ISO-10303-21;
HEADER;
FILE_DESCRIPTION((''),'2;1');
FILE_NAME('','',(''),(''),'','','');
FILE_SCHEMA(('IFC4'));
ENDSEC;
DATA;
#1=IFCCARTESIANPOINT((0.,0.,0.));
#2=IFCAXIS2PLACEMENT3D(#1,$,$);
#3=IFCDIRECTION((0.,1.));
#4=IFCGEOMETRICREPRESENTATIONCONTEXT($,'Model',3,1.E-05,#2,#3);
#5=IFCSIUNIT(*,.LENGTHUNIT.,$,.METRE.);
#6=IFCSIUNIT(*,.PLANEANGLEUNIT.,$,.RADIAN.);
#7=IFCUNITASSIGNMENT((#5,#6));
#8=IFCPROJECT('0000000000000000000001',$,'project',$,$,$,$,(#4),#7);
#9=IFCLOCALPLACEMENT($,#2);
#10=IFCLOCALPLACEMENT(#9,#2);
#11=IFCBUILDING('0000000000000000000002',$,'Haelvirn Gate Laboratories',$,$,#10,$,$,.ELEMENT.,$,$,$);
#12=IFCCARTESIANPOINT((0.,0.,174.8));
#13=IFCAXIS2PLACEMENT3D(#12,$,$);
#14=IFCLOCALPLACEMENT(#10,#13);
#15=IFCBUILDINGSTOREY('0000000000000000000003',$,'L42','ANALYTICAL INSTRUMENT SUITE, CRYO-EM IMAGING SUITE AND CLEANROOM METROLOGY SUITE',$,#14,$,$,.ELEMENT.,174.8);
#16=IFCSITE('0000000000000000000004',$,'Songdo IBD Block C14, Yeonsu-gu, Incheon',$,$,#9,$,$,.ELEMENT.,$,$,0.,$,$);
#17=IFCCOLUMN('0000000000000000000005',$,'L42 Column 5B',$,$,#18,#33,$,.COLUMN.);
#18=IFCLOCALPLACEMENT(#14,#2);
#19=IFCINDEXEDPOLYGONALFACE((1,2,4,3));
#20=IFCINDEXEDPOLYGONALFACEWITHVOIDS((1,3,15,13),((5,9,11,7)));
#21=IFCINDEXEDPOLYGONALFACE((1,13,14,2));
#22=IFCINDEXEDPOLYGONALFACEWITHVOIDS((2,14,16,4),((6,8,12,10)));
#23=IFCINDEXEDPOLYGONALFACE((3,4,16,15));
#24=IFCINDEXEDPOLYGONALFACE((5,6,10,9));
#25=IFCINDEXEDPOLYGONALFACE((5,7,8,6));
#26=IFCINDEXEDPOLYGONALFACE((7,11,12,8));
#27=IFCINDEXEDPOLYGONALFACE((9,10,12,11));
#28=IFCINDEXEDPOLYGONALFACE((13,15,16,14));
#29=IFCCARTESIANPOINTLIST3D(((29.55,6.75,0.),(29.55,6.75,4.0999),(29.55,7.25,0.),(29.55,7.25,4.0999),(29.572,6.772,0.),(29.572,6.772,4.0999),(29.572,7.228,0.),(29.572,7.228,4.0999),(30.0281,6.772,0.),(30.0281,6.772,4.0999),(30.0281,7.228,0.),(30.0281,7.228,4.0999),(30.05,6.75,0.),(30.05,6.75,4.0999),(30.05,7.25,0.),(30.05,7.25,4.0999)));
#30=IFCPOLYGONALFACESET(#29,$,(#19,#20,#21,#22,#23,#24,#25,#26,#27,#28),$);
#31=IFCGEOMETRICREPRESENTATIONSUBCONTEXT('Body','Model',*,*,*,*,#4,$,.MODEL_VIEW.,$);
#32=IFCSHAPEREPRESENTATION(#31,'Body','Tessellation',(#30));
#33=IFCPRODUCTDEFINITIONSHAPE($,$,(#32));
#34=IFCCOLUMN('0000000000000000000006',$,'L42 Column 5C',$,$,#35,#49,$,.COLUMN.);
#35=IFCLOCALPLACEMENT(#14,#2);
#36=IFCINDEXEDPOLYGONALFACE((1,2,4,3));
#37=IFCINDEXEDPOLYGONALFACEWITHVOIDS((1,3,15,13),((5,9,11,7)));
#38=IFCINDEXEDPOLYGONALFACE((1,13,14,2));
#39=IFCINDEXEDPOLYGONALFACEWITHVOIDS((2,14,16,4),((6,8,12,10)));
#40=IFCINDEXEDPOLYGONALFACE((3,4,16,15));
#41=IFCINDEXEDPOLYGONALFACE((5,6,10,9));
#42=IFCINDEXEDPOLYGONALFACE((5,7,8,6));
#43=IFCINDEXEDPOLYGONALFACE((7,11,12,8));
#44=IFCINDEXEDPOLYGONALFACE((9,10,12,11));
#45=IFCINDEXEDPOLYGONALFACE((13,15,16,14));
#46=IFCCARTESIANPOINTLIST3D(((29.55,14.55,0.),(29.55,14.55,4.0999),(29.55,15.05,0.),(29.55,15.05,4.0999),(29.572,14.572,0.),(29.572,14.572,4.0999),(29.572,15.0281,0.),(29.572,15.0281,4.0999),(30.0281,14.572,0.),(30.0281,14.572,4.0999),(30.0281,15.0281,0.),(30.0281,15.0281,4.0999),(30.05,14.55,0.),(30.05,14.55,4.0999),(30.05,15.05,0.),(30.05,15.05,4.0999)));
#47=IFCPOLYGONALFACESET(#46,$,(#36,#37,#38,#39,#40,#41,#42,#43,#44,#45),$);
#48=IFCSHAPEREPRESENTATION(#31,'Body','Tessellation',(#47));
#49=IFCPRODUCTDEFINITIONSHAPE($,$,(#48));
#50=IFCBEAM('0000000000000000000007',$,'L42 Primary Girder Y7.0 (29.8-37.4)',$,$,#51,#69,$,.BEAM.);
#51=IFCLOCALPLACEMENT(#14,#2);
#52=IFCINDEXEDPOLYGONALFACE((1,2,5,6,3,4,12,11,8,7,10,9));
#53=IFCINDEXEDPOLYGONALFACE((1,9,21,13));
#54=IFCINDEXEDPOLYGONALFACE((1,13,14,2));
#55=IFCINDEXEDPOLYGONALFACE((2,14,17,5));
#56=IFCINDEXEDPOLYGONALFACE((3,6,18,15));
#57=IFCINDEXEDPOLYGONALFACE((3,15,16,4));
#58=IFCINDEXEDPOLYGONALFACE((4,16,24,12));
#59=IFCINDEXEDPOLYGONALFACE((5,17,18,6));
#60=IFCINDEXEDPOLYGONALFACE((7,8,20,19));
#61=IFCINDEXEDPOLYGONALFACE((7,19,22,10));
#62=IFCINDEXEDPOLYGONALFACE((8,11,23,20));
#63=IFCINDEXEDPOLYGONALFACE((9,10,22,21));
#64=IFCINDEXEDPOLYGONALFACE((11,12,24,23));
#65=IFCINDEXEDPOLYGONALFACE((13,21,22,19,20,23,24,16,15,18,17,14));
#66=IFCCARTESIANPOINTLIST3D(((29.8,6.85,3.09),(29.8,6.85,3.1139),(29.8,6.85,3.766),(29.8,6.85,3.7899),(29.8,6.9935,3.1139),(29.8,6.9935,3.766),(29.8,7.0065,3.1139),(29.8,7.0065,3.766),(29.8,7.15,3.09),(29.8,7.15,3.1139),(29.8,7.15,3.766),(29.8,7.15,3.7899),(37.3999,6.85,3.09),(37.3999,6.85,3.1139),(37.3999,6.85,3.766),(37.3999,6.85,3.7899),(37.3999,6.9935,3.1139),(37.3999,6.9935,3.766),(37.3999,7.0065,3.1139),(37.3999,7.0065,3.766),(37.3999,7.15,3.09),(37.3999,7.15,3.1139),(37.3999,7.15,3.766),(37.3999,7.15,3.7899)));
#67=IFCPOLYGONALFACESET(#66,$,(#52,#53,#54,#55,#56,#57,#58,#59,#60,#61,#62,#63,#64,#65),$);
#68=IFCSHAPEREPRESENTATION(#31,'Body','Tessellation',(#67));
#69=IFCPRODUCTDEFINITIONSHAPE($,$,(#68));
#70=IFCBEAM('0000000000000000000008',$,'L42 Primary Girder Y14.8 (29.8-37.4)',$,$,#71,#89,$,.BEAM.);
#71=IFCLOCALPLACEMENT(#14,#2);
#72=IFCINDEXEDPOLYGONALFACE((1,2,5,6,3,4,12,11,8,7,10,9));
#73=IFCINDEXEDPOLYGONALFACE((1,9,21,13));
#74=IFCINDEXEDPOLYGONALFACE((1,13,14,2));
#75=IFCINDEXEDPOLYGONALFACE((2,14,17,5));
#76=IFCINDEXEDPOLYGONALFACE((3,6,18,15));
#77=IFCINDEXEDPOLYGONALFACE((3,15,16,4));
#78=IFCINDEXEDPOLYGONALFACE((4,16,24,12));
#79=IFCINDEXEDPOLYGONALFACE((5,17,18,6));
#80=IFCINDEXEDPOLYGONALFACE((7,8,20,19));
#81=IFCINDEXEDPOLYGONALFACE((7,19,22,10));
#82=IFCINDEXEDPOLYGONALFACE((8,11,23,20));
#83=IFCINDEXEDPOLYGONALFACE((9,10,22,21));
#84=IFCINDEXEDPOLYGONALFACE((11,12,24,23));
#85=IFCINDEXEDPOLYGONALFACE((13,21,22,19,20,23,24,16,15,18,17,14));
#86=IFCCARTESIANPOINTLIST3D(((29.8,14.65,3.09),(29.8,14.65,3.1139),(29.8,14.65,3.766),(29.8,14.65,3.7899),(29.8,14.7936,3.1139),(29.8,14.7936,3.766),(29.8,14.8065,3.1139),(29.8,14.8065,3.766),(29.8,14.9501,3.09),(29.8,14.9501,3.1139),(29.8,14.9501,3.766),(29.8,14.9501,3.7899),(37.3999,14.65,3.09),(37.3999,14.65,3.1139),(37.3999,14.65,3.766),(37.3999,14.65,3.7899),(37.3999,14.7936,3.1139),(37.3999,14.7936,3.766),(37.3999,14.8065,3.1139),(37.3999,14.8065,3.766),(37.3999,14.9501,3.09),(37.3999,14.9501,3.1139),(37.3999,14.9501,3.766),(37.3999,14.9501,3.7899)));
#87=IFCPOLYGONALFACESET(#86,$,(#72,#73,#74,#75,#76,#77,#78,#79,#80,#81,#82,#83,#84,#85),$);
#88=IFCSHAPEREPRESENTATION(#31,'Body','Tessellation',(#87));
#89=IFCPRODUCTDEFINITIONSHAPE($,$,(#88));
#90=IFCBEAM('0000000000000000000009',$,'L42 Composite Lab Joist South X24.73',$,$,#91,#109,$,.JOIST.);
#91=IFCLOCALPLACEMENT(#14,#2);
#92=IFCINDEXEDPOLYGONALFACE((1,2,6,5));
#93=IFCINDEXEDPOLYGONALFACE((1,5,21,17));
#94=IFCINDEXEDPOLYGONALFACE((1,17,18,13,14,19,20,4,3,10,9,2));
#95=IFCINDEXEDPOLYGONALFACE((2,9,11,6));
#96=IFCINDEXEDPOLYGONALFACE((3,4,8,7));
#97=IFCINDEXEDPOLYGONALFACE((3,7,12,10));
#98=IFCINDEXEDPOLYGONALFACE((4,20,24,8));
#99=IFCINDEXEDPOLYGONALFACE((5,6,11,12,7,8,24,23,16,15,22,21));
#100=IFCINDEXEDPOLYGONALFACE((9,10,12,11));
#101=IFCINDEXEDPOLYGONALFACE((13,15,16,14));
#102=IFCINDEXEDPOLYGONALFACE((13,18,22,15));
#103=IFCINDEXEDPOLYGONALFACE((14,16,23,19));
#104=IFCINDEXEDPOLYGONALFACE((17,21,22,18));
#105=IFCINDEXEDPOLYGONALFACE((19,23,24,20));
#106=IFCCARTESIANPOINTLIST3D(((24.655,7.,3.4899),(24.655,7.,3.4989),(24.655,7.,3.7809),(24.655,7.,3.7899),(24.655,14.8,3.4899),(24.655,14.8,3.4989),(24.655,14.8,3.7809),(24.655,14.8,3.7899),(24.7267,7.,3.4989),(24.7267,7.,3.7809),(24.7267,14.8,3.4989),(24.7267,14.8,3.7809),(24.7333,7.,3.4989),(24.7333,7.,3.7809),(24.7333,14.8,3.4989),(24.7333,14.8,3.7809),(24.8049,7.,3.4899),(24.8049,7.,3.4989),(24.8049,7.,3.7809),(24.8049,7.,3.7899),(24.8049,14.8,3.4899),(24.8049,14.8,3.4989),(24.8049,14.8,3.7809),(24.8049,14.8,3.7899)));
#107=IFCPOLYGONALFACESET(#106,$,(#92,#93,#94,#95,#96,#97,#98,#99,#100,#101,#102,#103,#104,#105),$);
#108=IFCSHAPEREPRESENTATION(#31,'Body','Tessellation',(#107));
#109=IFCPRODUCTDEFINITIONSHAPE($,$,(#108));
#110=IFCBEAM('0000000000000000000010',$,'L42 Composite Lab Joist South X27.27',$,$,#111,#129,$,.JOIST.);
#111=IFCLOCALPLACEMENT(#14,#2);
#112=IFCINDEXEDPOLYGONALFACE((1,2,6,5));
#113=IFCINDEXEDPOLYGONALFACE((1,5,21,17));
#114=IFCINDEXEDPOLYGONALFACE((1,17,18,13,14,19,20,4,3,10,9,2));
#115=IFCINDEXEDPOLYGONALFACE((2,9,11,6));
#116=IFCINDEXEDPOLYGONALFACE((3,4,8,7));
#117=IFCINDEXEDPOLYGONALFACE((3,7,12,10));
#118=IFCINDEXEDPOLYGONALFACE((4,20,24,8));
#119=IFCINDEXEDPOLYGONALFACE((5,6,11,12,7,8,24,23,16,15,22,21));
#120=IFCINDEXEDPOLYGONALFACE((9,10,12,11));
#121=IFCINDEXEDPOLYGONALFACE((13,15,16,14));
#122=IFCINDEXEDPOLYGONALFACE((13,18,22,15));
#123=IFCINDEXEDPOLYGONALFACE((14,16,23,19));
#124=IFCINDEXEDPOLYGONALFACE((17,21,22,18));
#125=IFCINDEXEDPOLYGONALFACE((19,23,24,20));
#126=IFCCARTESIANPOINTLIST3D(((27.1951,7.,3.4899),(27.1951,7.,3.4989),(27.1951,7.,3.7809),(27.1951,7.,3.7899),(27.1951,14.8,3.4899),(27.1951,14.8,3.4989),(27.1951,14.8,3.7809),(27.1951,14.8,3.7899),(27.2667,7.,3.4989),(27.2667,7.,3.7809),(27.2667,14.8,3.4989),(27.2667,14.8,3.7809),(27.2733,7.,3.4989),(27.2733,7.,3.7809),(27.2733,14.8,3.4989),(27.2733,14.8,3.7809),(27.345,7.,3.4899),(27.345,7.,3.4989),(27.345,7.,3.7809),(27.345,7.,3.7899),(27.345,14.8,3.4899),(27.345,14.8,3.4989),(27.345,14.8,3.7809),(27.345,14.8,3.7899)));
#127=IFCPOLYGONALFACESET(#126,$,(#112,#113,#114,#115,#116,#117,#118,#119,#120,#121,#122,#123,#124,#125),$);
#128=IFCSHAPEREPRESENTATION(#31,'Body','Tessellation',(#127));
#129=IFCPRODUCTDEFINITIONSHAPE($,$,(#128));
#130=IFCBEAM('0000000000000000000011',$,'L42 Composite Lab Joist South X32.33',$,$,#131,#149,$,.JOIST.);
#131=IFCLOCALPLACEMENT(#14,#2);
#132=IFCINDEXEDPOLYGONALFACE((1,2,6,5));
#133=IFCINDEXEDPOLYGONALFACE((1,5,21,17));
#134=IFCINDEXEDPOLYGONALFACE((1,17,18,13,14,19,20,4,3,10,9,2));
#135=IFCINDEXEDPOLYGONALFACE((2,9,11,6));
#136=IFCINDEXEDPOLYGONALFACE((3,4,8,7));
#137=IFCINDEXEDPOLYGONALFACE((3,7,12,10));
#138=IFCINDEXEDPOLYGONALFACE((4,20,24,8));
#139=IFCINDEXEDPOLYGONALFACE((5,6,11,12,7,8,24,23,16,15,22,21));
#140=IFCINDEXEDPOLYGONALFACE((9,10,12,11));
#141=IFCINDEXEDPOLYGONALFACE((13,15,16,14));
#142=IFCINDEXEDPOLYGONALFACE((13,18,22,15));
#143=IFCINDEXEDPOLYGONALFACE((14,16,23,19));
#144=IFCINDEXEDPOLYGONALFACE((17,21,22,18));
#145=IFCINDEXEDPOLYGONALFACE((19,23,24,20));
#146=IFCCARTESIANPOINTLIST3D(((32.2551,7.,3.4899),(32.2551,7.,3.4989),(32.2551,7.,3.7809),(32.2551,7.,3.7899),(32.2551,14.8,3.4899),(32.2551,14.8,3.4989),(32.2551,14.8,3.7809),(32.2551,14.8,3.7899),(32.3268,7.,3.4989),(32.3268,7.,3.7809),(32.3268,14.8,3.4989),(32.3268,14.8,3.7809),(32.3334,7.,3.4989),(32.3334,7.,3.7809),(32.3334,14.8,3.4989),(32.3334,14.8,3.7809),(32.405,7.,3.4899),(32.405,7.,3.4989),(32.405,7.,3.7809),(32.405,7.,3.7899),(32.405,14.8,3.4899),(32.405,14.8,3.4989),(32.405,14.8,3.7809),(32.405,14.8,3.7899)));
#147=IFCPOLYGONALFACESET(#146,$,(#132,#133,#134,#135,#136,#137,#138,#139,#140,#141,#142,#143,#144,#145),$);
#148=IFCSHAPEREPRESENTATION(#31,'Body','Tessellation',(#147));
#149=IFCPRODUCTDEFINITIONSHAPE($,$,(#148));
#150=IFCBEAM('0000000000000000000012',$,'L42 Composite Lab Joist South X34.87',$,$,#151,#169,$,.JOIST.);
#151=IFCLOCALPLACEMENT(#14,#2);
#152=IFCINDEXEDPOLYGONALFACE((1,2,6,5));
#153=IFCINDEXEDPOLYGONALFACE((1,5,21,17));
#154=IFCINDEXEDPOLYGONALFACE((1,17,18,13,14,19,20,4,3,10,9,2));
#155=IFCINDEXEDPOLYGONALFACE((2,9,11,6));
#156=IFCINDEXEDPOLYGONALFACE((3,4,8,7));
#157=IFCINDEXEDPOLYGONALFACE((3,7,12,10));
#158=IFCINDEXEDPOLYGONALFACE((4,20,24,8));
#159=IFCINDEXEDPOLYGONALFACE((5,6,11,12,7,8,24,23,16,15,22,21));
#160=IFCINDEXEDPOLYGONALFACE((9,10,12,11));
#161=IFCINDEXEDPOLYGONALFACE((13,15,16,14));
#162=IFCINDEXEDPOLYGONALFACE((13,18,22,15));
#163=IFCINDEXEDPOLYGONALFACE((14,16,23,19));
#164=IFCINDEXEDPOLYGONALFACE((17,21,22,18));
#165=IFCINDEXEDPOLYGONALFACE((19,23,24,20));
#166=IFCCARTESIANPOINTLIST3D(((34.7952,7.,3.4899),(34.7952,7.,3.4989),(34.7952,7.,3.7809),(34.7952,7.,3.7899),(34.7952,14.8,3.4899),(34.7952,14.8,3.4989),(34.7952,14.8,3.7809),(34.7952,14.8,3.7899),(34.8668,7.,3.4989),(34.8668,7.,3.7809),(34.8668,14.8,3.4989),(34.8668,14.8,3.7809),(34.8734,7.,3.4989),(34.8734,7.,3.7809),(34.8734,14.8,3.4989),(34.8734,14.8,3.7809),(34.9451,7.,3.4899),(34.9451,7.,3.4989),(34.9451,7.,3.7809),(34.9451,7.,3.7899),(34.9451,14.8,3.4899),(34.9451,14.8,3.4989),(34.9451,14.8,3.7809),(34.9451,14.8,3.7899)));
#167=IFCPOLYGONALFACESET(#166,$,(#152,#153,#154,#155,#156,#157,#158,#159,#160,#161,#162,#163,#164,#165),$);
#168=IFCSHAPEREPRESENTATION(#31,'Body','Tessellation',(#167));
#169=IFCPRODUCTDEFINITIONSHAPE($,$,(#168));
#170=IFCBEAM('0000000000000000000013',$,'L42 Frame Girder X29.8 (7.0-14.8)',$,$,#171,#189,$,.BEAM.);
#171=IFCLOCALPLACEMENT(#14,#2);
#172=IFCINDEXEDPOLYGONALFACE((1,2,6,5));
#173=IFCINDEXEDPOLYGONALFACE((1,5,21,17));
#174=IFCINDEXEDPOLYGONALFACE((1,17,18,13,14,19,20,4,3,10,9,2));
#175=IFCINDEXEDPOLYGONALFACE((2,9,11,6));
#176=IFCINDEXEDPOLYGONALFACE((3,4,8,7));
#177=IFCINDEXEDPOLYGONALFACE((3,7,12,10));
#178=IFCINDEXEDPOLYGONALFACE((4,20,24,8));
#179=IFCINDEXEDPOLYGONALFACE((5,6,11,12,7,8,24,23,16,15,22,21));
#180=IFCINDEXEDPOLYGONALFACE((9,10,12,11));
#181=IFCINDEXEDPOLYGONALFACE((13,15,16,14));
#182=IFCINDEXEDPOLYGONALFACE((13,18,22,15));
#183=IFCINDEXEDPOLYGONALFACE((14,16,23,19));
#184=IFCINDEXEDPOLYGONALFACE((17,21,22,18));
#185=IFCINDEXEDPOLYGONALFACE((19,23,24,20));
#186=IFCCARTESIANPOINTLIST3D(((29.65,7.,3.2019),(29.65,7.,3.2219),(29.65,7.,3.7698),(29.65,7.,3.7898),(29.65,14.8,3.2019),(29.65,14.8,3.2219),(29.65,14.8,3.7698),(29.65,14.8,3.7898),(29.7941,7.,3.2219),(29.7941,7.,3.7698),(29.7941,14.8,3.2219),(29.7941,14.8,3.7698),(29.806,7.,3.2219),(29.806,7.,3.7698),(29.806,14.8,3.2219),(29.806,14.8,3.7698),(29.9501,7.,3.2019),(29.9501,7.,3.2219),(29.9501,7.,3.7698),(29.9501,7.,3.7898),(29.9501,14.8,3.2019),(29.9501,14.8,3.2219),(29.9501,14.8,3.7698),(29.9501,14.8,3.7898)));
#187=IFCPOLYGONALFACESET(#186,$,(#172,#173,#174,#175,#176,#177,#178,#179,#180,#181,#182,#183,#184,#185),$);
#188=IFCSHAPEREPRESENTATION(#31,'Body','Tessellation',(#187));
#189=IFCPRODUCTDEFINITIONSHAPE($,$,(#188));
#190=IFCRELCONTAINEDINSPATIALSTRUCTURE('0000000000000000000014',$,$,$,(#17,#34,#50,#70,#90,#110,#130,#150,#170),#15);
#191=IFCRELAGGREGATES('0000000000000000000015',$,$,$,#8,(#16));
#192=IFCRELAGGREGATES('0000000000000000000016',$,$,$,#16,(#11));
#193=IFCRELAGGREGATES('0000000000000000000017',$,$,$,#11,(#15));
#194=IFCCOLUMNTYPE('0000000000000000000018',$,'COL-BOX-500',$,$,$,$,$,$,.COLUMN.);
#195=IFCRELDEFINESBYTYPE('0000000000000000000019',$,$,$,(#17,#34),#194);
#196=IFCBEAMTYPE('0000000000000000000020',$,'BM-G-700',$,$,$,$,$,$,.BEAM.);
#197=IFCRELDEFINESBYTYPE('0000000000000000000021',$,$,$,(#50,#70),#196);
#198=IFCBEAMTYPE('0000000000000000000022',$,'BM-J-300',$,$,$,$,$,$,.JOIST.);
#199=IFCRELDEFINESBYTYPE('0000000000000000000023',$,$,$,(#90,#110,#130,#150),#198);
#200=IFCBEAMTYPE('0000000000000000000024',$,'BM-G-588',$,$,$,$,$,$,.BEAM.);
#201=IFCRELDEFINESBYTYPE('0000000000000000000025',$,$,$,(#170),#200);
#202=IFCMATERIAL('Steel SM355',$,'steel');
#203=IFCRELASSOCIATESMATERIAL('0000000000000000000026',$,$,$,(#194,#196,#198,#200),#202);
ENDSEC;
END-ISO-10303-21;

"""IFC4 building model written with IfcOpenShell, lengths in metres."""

from ifc_helpers import new_model, si_unit, direction, frame, origin, origin_2d, place, context, subcontext, project, spatial, hollow_rectangle, i_section, extrude, source, transform, mapped, material, material_profile, profile_set, type_object, type_shapes, element, save


model = new_model("IFC4")

# Units and contexts
model_context = context("Model", 3, precision=1e-05, world=origin(), true_north=direction((0.0, 1.0)))
body_context = subcontext(model_context, "Body", "Model", "MODEL_VIEW")
ifc_project = project(units=[si_unit("LENGTHUNIT", "METRE"), si_unit("PLANEANGLEUNIT", "RADIAN")], contexts=[model_context])

# Site, building, storey
site_placement = place(None, origin())
site = spatial("IfcSite", under=ifc_project, at=site_placement, Name="Songdo IBD Block C14, Yeonsu-gu, Incheon", CompositionType="ELEMENT", RefElevation=0.0)
building_placement = place(site_placement, origin())
building = spatial("IfcBuilding", under=site, at=building_placement, Name="Haelvirn Gate Laboratories", CompositionType="ELEMENT")
storey_placement = place(building_placement, frame((0.0, 0.0, 174.8)))
storey = spatial("IfcBuildingStorey", under=building, at=storey_placement, Name="L42", Description="ANALYTICAL INSTRUMENT SUITE, CRYO-EM IMAGING SUITE AND CLEANROOM METROLOGY SUITE", CompositionType="ELEMENT", Elevation=174.8)

# Columns
ifc_material_1 = material(Name="Steel SM355", Category="steel")
ifc_material_profile_1 = material_profile(ifc_material_1, hollow_rectangle(XDim=0.5, YDim=0.5, WallThickness=0.022, at=origin_2d()), Name="BOX-500x500x22")
ifc_profile_set_1 = profile_set([ifc_material_profile_1], Name="Steel SM355")
column_type = type_object("IfcColumnType", Name="COL-BOX-500", PredefinedType="COLUMN", material=ifc_profile_set_1)
shared_shape_1 = source(origin(), body_context, "Body", "SweptSolid", [
    extrude(hollow_rectangle(XDim=0.5, YDim=0.5, WallThickness=0.022, at=origin_2d()), origin(), (0.0, 0.0, 1.0), 4.0999),
])
type_shapes(column_type, [shared_shape_1])
for number, where, z_axis, x_axis, name in (
    (1, (29.8, 7.0, 0.0), (0.0, 0.0, 1.0), (1.0, 0.0, 0.0), "L42 Column 5B"),
    (2, (29.8, 14.8, 0.0), (0.0, 0.0, 1.0), (1.0, 0.0, 0.0), "L42 Column 5C"),
):
    element("IfcColumn", number, at=place(storey_placement, frame(where, z_axis=z_axis, x_axis=x_axis)), inside=storey, type_object=column_type, Name=name, PredefinedType="COLUMN", context=body_context, shape_type="MappedRepresentation", body=[
        mapped(shared_shape_1, transform((0.0, 0.0, 0.0), scale=1.0)),
    ])

# Beams
ifc_material_profile_2 = material_profile(ifc_material_1, i_section(OverallWidth=0.3, OverallDepth=0.7, WebThickness=0.0129, FlangeThickness=0.0239, at=origin_2d()), Name="H-700x300x13x24")
ifc_profile_set_2 = profile_set([ifc_material_profile_2], Name="Steel SM355")
beam_type_1 = type_object("IfcBeamType", Name="BM-G-700", PredefinedType="BEAM", material=ifc_profile_set_2)
shared_shape_2 = source(origin(), body_context, "Body", "SweptSolid", [
    extrude(i_section(OverallWidth=0.3, OverallDepth=0.7, WebThickness=0.0129, FlangeThickness=0.0239, at=origin_2d()), origin(), (0.0, 0.0, 1.0), 7.5999),
])
type_shapes(beam_type_1, [shared_shape_2])
for number, where, z_axis, x_axis, name in (
    (3, (29.8, 7.0, 3.4399), (1.0, 0.0, 0.0), (0.0, 1.0, 0.0), "L42 Primary Girder Y7.0 (29.8-37.4)"),
    (4, (29.8, 14.8, 3.4399), (1.0, 0.0, 0.0), (0.0, 1.0, 0.0), "L42 Primary Girder Y14.8 (29.8-37.4)"),
):
    element("IfcBeam", number, at=place(storey_placement, frame(where, z_axis=z_axis, x_axis=x_axis)), inside=storey, type_object=beam_type_1, Name=name, PredefinedType="BEAM", context=body_context, shape_type="MappedRepresentation", body=[
        mapped(shared_shape_2, transform((0.0, 0.0, 0.0), scale=1.0)),
    ])
ifc_material_profile_3 = material_profile(ifc_material_1, i_section(OverallWidth=0.1499, OverallDepth=0.3, WebThickness=0.0066, FlangeThickness=0.009, at=origin_2d()), Name="H-300x150x6.5x9")
ifc_profile_set_3 = profile_set([ifc_material_profile_3], Name="Steel SM355")
beam_type_2 = type_object("IfcBeamType", Name="BM-J-300", PredefinedType="JOIST", material=ifc_profile_set_3)
shared_shape_3 = source(origin(), body_context, "Body", "SweptSolid", [
    extrude(i_section(OverallWidth=0.1499, OverallDepth=0.3, WebThickness=0.0066, FlangeThickness=0.009, at=origin_2d()), origin(), (0.0, 0.0, 1.0), 7.8),
])
type_shapes(beam_type_2, [shared_shape_3])
for number, where, z_axis, x_axis, name in (
    (5, (24.73, 7.0, 3.6399), (0.0, 1.0, 0.0), (-1.0, 0.0, 0.0), "L42 Composite Lab Joist South X24.73"),
    (6, (27.27, 7.0, 3.6399), (0.0, 1.0, 0.0), (-1.0, 0.0, 0.0), "L42 Composite Lab Joist South X27.27"),
    (7, (32.3301, 7.0, 3.6399), (0.0, 1.0, 0.0), (-1.0, 0.0, 0.0), "L42 Composite Lab Joist South X32.33"),
    (8, (34.8701, 7.0, 3.6399), (0.0, 1.0, 0.0), (-1.0, 0.0, 0.0), "L42 Composite Lab Joist South X34.87"),
):
    element("IfcBeam", number, at=place(storey_placement, frame(where, z_axis=z_axis, x_axis=x_axis)), inside=storey, type_object=beam_type_2, Name=name, PredefinedType="JOIST", context=body_context, shape_type="MappedRepresentation", body=[
        mapped(shared_shape_3, transform((0.0, 0.0, 0.0), scale=1.0)),
    ])
ifc_material_profile_4 = material_profile(ifc_material_1, i_section(OverallWidth=0.3, OverallDepth=0.5879, WebThickness=0.012, FlangeThickness=0.02, at=origin_2d()), Name="H-588x300x12x20")
ifc_profile_set_4 = profile_set([ifc_material_profile_4], Name="Steel SM355")
beam_type_3 = type_object("IfcBeamType", Name="BM-G-588", PredefinedType="BEAM", material=ifc_profile_set_4)
shared_shape_4 = source(origin(), body_context, "Body", "SweptSolid", [
    extrude(i_section(OverallWidth=0.3, OverallDepth=0.5879, WebThickness=0.012, FlangeThickness=0.02, at=origin_2d()), origin(), (0.0, 0.0, 1.0), 7.8),
])
type_shapes(beam_type_3, [shared_shape_4])
beam_placement = place(storey_placement, frame((29.8, 7.0, 3.4958), z_axis=(0.0, 1.0, 0.0), x_axis=(-1.0, 0.0, 0.0)))
element("IfcBeam", 9, at=beam_placement, inside=storey, type_object=beam_type_3, Name="L42 Frame Girder X29.8 (7.0-14.8)", PredefinedType="BEAM", context=body_context, shape_type="MappedRepresentation", body=[
    mapped(shared_shape_4, transform((0.0, 0.0, 0.0), scale=1.0)),
])

save(model, "model.ifc")
